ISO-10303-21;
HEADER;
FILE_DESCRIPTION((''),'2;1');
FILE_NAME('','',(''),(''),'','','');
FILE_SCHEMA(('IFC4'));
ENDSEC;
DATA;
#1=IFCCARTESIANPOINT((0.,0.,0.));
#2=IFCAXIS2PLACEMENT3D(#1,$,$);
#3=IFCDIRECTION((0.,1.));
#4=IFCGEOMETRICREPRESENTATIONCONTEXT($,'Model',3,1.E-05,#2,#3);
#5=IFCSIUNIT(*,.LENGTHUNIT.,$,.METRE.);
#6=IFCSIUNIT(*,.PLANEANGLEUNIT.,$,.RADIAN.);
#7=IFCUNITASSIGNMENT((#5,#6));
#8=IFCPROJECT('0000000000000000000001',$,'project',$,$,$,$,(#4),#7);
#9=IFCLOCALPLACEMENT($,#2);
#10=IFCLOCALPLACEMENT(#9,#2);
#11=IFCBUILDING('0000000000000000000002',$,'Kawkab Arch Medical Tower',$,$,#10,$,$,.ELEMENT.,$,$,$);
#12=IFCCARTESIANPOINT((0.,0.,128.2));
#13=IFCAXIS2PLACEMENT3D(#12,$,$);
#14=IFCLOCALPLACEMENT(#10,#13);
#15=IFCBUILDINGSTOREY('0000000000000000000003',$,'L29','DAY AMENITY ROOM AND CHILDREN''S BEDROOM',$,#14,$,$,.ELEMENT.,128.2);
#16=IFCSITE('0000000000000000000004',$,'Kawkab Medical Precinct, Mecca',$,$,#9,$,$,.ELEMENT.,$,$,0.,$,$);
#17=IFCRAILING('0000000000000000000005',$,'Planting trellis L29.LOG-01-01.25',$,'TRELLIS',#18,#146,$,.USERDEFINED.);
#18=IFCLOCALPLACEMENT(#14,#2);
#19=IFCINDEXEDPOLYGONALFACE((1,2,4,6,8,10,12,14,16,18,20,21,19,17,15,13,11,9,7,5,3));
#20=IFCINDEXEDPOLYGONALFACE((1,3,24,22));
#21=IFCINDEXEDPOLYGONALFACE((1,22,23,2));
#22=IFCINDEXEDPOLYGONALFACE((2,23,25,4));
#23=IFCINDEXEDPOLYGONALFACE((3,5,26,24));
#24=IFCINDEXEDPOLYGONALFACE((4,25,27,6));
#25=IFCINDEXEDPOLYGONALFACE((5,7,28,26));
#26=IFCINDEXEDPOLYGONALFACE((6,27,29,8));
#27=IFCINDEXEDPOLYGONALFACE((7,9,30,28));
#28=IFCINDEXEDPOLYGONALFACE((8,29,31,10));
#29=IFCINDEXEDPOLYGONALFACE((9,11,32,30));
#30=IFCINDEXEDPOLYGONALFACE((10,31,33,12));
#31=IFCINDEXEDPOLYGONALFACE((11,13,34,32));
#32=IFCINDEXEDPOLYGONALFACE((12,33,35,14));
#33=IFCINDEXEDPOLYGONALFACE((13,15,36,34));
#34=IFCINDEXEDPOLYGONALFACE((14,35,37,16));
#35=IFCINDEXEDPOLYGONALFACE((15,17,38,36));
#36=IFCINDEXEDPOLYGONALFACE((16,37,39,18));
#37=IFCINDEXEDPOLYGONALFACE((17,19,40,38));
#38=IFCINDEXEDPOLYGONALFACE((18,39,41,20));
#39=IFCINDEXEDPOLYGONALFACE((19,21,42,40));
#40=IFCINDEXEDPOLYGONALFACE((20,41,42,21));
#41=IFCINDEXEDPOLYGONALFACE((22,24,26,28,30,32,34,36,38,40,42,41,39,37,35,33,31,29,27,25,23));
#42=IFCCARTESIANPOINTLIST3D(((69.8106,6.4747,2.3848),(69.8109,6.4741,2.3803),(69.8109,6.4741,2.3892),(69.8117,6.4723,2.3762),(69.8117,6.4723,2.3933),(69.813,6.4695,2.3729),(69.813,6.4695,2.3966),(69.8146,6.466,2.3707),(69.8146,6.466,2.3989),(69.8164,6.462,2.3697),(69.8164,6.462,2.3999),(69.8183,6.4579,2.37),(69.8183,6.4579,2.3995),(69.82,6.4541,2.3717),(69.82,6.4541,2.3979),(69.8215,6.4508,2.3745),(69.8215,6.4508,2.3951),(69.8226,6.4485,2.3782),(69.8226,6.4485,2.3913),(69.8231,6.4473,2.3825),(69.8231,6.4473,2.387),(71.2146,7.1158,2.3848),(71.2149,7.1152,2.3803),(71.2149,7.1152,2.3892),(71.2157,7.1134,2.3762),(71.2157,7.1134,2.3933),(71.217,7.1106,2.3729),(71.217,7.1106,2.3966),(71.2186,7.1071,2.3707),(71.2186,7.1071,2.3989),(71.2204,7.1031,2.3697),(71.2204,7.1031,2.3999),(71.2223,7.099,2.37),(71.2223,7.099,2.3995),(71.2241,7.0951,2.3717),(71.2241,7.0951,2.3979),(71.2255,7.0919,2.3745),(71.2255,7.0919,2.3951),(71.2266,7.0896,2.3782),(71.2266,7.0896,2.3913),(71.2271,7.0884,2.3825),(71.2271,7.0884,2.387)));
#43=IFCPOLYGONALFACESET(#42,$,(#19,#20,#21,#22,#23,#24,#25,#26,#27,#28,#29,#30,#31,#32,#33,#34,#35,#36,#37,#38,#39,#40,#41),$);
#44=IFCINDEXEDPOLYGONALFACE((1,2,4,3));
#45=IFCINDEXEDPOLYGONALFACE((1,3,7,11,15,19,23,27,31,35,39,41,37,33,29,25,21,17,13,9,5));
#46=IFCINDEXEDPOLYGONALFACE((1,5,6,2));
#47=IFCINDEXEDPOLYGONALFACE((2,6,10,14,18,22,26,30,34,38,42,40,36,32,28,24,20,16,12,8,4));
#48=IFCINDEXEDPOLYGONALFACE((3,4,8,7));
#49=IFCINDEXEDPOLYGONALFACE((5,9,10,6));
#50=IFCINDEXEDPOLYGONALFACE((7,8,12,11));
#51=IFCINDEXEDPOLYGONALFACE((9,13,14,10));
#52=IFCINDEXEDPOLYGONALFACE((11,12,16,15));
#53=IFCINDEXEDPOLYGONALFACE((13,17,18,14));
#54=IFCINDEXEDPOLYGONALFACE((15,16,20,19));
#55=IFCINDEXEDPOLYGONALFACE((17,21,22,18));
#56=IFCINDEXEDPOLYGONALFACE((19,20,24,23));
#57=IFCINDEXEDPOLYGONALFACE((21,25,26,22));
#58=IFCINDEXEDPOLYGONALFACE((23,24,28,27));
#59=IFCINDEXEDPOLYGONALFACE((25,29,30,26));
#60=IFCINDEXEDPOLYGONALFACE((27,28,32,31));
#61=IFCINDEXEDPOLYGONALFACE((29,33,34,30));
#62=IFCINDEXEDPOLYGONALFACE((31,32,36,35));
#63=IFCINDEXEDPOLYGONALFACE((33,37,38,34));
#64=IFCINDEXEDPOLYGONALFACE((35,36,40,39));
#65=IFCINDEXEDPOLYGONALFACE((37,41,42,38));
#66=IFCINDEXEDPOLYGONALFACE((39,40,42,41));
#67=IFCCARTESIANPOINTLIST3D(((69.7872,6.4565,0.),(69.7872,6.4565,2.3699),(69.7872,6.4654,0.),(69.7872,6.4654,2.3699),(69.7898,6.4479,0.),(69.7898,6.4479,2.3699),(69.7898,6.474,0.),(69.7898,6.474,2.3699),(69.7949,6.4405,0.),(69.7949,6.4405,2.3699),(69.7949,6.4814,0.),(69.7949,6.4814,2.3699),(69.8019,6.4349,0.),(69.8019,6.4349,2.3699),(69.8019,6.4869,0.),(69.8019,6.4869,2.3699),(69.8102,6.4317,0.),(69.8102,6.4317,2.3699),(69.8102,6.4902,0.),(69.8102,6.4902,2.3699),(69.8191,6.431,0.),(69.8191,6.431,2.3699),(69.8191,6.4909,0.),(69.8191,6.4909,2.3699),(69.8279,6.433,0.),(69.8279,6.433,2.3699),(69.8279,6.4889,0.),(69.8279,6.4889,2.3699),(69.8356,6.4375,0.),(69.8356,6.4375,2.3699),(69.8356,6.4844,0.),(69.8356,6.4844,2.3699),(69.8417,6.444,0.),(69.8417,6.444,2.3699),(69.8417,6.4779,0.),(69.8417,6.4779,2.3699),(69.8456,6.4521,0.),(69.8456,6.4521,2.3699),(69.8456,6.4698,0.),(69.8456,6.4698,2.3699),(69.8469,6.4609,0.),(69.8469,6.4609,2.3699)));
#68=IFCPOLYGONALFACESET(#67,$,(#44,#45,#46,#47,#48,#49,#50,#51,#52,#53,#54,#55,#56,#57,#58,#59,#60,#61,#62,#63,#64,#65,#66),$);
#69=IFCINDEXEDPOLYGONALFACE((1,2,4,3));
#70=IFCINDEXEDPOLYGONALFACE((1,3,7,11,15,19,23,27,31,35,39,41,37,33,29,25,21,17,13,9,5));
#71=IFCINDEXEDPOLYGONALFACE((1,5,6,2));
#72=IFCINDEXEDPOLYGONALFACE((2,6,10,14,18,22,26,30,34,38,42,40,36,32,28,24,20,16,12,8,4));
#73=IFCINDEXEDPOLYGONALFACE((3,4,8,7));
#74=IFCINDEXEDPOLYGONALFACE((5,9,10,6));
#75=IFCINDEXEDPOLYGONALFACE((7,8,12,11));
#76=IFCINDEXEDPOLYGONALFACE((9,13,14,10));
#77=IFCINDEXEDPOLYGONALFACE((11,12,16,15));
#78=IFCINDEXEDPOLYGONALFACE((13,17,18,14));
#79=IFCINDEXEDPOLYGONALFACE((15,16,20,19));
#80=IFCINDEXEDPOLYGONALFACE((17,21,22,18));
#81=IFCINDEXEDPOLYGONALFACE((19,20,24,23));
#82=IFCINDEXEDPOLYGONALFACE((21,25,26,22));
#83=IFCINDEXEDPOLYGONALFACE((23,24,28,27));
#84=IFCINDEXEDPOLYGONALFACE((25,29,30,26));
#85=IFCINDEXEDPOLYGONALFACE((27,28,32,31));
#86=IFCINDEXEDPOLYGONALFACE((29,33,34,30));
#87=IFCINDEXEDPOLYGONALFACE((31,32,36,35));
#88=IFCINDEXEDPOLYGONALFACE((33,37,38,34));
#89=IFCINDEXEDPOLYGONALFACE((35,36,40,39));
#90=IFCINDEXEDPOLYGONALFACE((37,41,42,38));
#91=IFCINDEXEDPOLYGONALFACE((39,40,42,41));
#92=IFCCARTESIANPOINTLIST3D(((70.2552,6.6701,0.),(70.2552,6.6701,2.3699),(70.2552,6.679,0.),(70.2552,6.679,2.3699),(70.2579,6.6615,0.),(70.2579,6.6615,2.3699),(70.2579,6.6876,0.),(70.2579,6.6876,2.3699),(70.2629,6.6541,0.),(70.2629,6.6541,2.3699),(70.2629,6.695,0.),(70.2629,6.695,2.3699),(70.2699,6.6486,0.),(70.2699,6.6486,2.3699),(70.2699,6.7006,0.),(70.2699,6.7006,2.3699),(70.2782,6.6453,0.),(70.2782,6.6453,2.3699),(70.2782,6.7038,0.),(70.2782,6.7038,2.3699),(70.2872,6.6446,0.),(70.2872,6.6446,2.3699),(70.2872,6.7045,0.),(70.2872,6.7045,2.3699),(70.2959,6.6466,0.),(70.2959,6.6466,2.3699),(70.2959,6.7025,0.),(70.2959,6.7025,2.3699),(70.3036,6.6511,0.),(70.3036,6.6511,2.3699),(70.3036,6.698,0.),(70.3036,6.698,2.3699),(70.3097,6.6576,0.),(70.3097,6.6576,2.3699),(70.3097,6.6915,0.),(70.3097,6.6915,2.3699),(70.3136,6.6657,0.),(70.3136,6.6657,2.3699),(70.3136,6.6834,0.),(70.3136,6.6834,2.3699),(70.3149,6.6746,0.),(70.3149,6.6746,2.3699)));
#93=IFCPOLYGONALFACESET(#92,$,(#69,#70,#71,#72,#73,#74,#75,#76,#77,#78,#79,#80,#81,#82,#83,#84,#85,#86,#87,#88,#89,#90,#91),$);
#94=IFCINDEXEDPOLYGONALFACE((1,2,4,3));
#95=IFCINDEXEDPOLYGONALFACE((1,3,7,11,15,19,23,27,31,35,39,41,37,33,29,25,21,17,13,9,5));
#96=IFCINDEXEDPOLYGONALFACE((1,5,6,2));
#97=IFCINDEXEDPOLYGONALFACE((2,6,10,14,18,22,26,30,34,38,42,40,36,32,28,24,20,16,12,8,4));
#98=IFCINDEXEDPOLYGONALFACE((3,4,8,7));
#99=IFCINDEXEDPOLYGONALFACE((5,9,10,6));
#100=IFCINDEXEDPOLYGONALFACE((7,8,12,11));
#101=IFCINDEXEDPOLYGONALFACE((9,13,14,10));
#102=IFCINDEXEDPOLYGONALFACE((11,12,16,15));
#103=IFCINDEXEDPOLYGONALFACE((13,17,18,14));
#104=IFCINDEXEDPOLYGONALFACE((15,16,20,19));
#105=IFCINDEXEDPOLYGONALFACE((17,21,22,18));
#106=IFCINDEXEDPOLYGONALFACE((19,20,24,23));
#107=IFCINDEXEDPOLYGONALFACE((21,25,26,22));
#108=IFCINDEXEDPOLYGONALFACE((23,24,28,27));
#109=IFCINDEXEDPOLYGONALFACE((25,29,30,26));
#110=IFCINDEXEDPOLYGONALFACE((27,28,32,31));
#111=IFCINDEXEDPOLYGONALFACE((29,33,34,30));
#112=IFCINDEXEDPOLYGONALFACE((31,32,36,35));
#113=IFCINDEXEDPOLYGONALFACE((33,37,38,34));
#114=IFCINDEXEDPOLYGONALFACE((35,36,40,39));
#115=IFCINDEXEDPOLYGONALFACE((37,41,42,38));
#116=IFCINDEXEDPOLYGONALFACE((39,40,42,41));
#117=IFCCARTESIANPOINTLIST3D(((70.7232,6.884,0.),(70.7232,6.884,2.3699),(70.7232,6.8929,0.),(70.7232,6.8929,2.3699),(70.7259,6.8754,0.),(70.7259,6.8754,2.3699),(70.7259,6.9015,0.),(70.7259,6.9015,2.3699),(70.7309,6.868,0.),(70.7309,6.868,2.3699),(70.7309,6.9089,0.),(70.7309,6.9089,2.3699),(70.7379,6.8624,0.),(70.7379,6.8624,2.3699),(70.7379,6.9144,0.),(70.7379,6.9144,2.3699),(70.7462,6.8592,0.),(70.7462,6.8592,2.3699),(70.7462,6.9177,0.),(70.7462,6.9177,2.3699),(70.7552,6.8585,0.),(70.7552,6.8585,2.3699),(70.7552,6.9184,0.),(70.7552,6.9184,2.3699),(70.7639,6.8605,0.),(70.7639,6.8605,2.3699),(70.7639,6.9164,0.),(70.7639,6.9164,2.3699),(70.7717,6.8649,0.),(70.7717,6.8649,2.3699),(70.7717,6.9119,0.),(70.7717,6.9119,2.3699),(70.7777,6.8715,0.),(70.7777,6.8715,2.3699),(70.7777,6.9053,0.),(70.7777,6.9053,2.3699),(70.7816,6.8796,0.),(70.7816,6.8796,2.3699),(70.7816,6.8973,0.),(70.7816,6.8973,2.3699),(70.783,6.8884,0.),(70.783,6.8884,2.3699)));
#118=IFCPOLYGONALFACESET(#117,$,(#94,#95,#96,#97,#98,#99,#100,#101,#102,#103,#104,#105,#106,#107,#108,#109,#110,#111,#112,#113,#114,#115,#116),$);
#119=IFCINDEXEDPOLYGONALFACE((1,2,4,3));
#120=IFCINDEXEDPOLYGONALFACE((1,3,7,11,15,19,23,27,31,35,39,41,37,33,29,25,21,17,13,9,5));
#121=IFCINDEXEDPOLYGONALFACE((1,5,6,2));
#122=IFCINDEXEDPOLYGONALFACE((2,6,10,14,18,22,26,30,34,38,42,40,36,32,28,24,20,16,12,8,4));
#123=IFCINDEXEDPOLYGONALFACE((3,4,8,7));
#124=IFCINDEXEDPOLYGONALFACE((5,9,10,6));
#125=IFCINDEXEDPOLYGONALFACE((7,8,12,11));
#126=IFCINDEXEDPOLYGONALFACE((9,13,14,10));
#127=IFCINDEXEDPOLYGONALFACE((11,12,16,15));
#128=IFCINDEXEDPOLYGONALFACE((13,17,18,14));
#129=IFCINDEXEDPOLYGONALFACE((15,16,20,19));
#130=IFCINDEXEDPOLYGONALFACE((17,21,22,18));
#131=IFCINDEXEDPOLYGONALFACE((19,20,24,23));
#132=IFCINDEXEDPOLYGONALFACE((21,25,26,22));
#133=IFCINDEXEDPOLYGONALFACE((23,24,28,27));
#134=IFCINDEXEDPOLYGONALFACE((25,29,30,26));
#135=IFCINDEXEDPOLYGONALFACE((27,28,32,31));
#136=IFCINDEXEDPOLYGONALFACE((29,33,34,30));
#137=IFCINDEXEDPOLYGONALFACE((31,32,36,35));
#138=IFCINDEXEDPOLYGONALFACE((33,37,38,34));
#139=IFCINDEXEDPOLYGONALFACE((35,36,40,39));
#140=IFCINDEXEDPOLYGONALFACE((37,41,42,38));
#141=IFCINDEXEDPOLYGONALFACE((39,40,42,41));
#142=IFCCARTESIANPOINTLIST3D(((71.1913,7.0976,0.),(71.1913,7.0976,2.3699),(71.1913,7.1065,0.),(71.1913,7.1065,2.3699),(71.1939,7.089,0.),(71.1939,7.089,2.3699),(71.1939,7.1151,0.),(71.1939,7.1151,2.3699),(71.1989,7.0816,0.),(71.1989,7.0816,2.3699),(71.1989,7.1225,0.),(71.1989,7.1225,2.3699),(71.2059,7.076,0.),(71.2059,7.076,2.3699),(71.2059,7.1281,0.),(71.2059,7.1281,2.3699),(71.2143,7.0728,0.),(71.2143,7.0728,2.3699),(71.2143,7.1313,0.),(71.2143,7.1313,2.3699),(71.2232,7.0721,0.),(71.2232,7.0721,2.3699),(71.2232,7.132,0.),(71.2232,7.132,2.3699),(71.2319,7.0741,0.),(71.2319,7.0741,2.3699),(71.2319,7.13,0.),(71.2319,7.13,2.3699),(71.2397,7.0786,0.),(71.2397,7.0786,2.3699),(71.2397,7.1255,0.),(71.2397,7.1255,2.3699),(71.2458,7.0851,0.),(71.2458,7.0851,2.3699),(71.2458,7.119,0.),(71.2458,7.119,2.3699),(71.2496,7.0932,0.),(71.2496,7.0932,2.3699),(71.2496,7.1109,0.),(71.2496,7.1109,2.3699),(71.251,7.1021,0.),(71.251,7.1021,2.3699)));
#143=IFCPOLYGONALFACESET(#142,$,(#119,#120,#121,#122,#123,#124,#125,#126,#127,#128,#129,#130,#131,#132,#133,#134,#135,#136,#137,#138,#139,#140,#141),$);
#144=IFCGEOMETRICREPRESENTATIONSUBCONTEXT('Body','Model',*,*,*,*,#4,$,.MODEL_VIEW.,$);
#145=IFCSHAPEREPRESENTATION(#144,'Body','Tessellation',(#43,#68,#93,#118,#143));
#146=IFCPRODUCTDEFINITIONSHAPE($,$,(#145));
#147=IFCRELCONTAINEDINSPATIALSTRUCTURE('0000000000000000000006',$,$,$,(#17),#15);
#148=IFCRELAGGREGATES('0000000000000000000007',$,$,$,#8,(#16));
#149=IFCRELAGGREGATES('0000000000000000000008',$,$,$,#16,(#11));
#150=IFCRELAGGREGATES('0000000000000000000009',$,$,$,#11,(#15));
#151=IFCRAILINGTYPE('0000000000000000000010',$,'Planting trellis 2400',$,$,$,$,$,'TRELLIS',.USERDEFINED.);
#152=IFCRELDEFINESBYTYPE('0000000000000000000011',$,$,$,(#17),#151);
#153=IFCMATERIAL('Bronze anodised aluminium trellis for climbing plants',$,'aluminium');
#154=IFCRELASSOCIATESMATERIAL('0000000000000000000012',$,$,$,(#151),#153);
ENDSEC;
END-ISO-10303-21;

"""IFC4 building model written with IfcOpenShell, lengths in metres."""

from ifc_helpers import new_model, si_unit, direction, frame, origin, origin_2d, place, context, subcontext, project, spatial, circle, extrude, material, type_object, element, save


model = new_model("IFC4")

# Units and contexts
model_context = context("Model", 3, precision=1e-05, world=origin(), true_north=direction((0.0, 1.0)))
body_context = subcontext(model_context, "Body", "Model", "MODEL_VIEW")
ifc_project = project(units=[si_unit("LENGTHUNIT", "METRE"), si_unit("PLANEANGLEUNIT", "RADIAN")], contexts=[model_context])

# Site, building, storey
site_placement = place(None, origin())
site = spatial("IfcSite", under=ifc_project, at=site_placement, Name="Kawkab Medical Precinct, Mecca", CompositionType="ELEMENT", RefElevation=0.0)
building_placement = place(site_placement, origin())
building = spatial("IfcBuilding", under=site, at=building_placement, Name="Kawkab Arch Medical Tower", CompositionType="ELEMENT")
storey_placement = place(building_placement, frame((0.0, 0.0, 128.2)))
storey = spatial("IfcBuildingStorey", under=building, at=storey_placement, Name="L29", Description="DAY AMENITY ROOM AND CHILDREN'S BEDROOM", CompositionType="ELEMENT", Elevation=128.2)

# Railing
ifc_material_1 = material(Name="Bronze anodised aluminium trellis for climbing plants", Category="aluminium")
railing_type = type_object("IfcRailingType", Name="Planting trellis 2400", ElementType="TRELLIS", PredefinedType="USERDEFINED", material=ifc_material_1)
railing_1_placement = place(storey_placement, frame((69.8169, 6.4609, 0.0)))
element("IfcRailing", 1, at=railing_1_placement, inside=storey, type_object=railing_type, Name="Planting trellis L29.LOG-01-01.25", ObjectType="TRELLIS", PredefinedType="USERDEFINED", context=body_context, shape_type="SweptSolid", body=[
    extrude(circle(Radius=0.0151, at=origin_2d()), frame((0.0, 0.0, 2.3848), z_axis=(0.909656, 0.415363, 0.0), x_axis=(-0.415363, 0.909656, 0.0)), (0.0, 0.0, 1.0), 1.5435),
    extrude(circle(Radius=0.03, at=origin_2d()), origin(), (0.0, 0.0, 1.0), 2.3699),
    extrude(circle(Radius=0.03, at=origin_2d()), frame((0.468, 0.2136, 0.0)), (0.0, 0.0, 1.0), 2.3699),
    extrude(circle(Radius=0.03, at=origin_2d()), frame((0.936, 0.4275, 0.0)), (0.0, 0.0, 1.0), 2.3699),
    extrude(circle(Radius=0.03, at=origin_2d()), frame((1.4041, 0.6411, 0.0)), (0.0, 0.0, 1.0), 2.3699),
])

save(model, "model.ifc")
